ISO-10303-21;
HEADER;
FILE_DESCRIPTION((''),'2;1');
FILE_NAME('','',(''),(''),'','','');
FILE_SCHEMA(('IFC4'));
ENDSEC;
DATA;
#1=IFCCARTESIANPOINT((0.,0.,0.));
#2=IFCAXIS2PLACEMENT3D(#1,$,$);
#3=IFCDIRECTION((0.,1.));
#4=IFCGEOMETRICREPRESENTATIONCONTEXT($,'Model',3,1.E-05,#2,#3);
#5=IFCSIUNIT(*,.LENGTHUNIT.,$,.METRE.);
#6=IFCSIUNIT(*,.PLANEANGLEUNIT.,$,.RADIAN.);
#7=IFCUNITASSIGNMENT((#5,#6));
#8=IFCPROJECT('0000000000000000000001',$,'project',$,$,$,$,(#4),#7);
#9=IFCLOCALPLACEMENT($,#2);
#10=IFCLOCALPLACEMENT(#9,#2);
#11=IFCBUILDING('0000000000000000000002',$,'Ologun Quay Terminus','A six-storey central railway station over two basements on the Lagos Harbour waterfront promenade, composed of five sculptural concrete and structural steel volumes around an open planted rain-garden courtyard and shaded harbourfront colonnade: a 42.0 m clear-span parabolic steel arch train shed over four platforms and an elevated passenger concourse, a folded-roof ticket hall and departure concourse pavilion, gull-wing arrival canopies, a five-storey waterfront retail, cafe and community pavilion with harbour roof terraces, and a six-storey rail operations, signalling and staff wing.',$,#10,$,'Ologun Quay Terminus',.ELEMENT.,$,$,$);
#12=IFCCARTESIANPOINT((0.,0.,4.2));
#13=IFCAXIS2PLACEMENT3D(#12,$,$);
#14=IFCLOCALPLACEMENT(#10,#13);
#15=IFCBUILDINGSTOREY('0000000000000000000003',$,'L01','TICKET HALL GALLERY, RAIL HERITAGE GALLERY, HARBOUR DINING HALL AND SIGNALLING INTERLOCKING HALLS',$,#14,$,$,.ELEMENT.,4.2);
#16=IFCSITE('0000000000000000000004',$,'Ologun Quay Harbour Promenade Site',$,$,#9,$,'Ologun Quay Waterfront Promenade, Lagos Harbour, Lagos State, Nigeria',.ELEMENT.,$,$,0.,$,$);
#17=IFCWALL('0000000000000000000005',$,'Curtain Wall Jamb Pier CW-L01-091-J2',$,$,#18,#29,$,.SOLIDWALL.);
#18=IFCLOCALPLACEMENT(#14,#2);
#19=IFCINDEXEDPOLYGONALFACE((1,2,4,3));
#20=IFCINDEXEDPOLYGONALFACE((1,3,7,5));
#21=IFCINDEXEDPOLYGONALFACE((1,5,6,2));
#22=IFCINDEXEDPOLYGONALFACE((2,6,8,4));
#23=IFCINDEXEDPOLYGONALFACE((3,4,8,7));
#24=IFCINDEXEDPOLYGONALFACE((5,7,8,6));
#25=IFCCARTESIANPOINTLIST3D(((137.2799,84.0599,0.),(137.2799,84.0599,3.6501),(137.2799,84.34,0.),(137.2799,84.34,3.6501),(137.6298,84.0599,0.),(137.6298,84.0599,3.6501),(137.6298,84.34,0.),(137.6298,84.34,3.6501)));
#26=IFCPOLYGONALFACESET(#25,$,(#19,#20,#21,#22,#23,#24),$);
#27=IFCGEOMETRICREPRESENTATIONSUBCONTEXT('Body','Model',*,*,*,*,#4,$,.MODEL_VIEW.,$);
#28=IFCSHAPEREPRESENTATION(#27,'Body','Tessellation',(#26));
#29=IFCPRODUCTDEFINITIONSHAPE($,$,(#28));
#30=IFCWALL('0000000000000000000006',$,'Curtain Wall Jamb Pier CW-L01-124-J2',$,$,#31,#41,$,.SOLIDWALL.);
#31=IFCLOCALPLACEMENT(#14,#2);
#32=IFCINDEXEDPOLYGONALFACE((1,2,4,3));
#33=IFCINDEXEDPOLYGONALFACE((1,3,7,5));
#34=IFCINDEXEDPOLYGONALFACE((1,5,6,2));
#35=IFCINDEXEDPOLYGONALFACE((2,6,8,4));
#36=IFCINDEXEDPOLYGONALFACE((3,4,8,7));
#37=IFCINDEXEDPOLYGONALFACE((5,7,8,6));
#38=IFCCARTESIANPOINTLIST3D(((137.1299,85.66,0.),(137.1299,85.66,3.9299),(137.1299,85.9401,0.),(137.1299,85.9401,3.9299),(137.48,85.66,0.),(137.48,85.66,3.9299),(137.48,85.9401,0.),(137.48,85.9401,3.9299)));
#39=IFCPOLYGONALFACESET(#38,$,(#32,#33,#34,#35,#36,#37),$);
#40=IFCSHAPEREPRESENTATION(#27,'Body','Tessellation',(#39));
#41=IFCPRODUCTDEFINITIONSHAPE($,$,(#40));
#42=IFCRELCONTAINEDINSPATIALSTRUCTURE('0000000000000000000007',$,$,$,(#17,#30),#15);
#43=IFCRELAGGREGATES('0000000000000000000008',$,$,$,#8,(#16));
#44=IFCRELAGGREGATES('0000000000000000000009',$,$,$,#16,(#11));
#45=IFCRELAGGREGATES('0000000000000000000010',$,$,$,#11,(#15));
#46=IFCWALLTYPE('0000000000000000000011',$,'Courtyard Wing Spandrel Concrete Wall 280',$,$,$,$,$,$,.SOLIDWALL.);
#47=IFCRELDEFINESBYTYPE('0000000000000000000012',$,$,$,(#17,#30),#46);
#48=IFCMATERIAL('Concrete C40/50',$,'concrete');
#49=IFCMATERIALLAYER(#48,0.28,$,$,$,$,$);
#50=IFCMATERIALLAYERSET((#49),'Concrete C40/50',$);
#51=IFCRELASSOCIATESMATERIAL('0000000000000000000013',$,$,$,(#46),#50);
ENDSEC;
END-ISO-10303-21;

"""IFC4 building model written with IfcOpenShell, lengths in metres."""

from ifc_helpers import new_model, si_unit, direction, frame, frame_2d, origin, place, context, subcontext, project, spatial, rectangle, extrude, material, layer, layer_set, type_object, element, save


model = new_model("IFC4")

# Units and contexts
model_context = context("Model", 3, precision=1e-05, world=origin(), true_north=direction((0.0, 1.0)))
body_context = subcontext(model_context, "Body", "Model", "MODEL_VIEW")
ifc_project = project(units=[si_unit("LENGTHUNIT", "METRE"), si_unit("PLANEANGLEUNIT", "RADIAN")], contexts=[model_context])

# Site, building, storey
site_placement = place(None, origin())
site = spatial("IfcSite", under=ifc_project, at=site_placement, Name="Ologun Quay Harbour Promenade Site", LongName="Ologun Quay Waterfront Promenade, Lagos Harbour, Lagos State, Nigeria", CompositionType="ELEMENT", RefElevation=0.0)
building_placement = place(site_placement, origin())
building = spatial("IfcBuilding", under=site, at=building_placement, Name="Ologun Quay Terminus", Description="A six-storey central railway station over two basements on the Lagos Harbour waterfront promenade, composed of five sculptural concrete and structural steel volumes around an open planted rain-garden courtyard and shaded harbourfront colonnade: a 42.0 m clear-span parabolic steel arch train shed over four platforms and an elevated passenger concourse, a folded-roof ticket hall and departure concourse pavilion, gull-wing arrival canopies, a five-storey waterfront retail, cafe and community pavilion with harbour roof terraces, and a six-storey rail operations, signalling and staff wing.", LongName="Ologun Quay Terminus", CompositionType="ELEMENT")
storey_placement = place(building_placement, frame((0.0, 0.0, 4.2)))
storey = spatial("IfcBuildingStorey", under=building, at=storey_placement, Name="L01", Description="TICKET HALL GALLERY, RAIL HERITAGE GALLERY, HARBOUR DINING HALL AND SIGNALLING INTERLOCKING HALLS", CompositionType="ELEMENT", Elevation=4.2)

# Walls
ifc_material_1 = material(Name="Concrete C40/50", Category="concrete")
ifc_layer_1 = layer(ifc_material_1, 0.28)
ifc_layer_set_1 = layer_set([ifc_layer_1], Name="Concrete C40/50")
wall_type = type_object("IfcWallType", Name="Courtyard Wing Spandrel Concrete Wall 280", PredefinedType="SOLIDWALL", material=ifc_layer_set_1)
wall_1_placement = place(storey_placement, frame((137.28, 84.2, 0.0), z_axis=(0.0, 0.0, 1.0), x_axis=(1.0, 0.0, 0.0)))
element("IfcWall", 1, at=wall_1_placement, inside=storey, type_object=wall_type, Name="Curtain Wall Jamb Pier CW-L01-091-J2", PredefinedType="SOLIDWALL", context=body_context, shape_type="SweptSolid", body=[
    extrude(rectangle(XDim=0.3499, YDim=0.28, at=frame_2d((0.1748, 0.0))), origin(), (0.0, 0.0, 1.0), 3.6501),
])
wall_2_placement = place(storey_placement, frame((137.1299, 85.8, 0.0), z_axis=(0.0, 0.0, 1.0), x_axis=(1.0, 0.0, 0.0)))
element("IfcWall", 2, at=wall_2_placement, inside=storey, type_object=wall_type, Name="Curtain Wall Jamb Pier CW-L01-124-J2", PredefinedType="SOLIDWALL", context=body_context, shape_type="SweptSolid", body=[
    extrude(rectangle(XDim=0.3501, YDim=0.28, at=frame_2d((0.175, 0.0))), origin(), (0.0, 0.0, 1.0), 3.9299),
])

save(model, "model.ifc")
